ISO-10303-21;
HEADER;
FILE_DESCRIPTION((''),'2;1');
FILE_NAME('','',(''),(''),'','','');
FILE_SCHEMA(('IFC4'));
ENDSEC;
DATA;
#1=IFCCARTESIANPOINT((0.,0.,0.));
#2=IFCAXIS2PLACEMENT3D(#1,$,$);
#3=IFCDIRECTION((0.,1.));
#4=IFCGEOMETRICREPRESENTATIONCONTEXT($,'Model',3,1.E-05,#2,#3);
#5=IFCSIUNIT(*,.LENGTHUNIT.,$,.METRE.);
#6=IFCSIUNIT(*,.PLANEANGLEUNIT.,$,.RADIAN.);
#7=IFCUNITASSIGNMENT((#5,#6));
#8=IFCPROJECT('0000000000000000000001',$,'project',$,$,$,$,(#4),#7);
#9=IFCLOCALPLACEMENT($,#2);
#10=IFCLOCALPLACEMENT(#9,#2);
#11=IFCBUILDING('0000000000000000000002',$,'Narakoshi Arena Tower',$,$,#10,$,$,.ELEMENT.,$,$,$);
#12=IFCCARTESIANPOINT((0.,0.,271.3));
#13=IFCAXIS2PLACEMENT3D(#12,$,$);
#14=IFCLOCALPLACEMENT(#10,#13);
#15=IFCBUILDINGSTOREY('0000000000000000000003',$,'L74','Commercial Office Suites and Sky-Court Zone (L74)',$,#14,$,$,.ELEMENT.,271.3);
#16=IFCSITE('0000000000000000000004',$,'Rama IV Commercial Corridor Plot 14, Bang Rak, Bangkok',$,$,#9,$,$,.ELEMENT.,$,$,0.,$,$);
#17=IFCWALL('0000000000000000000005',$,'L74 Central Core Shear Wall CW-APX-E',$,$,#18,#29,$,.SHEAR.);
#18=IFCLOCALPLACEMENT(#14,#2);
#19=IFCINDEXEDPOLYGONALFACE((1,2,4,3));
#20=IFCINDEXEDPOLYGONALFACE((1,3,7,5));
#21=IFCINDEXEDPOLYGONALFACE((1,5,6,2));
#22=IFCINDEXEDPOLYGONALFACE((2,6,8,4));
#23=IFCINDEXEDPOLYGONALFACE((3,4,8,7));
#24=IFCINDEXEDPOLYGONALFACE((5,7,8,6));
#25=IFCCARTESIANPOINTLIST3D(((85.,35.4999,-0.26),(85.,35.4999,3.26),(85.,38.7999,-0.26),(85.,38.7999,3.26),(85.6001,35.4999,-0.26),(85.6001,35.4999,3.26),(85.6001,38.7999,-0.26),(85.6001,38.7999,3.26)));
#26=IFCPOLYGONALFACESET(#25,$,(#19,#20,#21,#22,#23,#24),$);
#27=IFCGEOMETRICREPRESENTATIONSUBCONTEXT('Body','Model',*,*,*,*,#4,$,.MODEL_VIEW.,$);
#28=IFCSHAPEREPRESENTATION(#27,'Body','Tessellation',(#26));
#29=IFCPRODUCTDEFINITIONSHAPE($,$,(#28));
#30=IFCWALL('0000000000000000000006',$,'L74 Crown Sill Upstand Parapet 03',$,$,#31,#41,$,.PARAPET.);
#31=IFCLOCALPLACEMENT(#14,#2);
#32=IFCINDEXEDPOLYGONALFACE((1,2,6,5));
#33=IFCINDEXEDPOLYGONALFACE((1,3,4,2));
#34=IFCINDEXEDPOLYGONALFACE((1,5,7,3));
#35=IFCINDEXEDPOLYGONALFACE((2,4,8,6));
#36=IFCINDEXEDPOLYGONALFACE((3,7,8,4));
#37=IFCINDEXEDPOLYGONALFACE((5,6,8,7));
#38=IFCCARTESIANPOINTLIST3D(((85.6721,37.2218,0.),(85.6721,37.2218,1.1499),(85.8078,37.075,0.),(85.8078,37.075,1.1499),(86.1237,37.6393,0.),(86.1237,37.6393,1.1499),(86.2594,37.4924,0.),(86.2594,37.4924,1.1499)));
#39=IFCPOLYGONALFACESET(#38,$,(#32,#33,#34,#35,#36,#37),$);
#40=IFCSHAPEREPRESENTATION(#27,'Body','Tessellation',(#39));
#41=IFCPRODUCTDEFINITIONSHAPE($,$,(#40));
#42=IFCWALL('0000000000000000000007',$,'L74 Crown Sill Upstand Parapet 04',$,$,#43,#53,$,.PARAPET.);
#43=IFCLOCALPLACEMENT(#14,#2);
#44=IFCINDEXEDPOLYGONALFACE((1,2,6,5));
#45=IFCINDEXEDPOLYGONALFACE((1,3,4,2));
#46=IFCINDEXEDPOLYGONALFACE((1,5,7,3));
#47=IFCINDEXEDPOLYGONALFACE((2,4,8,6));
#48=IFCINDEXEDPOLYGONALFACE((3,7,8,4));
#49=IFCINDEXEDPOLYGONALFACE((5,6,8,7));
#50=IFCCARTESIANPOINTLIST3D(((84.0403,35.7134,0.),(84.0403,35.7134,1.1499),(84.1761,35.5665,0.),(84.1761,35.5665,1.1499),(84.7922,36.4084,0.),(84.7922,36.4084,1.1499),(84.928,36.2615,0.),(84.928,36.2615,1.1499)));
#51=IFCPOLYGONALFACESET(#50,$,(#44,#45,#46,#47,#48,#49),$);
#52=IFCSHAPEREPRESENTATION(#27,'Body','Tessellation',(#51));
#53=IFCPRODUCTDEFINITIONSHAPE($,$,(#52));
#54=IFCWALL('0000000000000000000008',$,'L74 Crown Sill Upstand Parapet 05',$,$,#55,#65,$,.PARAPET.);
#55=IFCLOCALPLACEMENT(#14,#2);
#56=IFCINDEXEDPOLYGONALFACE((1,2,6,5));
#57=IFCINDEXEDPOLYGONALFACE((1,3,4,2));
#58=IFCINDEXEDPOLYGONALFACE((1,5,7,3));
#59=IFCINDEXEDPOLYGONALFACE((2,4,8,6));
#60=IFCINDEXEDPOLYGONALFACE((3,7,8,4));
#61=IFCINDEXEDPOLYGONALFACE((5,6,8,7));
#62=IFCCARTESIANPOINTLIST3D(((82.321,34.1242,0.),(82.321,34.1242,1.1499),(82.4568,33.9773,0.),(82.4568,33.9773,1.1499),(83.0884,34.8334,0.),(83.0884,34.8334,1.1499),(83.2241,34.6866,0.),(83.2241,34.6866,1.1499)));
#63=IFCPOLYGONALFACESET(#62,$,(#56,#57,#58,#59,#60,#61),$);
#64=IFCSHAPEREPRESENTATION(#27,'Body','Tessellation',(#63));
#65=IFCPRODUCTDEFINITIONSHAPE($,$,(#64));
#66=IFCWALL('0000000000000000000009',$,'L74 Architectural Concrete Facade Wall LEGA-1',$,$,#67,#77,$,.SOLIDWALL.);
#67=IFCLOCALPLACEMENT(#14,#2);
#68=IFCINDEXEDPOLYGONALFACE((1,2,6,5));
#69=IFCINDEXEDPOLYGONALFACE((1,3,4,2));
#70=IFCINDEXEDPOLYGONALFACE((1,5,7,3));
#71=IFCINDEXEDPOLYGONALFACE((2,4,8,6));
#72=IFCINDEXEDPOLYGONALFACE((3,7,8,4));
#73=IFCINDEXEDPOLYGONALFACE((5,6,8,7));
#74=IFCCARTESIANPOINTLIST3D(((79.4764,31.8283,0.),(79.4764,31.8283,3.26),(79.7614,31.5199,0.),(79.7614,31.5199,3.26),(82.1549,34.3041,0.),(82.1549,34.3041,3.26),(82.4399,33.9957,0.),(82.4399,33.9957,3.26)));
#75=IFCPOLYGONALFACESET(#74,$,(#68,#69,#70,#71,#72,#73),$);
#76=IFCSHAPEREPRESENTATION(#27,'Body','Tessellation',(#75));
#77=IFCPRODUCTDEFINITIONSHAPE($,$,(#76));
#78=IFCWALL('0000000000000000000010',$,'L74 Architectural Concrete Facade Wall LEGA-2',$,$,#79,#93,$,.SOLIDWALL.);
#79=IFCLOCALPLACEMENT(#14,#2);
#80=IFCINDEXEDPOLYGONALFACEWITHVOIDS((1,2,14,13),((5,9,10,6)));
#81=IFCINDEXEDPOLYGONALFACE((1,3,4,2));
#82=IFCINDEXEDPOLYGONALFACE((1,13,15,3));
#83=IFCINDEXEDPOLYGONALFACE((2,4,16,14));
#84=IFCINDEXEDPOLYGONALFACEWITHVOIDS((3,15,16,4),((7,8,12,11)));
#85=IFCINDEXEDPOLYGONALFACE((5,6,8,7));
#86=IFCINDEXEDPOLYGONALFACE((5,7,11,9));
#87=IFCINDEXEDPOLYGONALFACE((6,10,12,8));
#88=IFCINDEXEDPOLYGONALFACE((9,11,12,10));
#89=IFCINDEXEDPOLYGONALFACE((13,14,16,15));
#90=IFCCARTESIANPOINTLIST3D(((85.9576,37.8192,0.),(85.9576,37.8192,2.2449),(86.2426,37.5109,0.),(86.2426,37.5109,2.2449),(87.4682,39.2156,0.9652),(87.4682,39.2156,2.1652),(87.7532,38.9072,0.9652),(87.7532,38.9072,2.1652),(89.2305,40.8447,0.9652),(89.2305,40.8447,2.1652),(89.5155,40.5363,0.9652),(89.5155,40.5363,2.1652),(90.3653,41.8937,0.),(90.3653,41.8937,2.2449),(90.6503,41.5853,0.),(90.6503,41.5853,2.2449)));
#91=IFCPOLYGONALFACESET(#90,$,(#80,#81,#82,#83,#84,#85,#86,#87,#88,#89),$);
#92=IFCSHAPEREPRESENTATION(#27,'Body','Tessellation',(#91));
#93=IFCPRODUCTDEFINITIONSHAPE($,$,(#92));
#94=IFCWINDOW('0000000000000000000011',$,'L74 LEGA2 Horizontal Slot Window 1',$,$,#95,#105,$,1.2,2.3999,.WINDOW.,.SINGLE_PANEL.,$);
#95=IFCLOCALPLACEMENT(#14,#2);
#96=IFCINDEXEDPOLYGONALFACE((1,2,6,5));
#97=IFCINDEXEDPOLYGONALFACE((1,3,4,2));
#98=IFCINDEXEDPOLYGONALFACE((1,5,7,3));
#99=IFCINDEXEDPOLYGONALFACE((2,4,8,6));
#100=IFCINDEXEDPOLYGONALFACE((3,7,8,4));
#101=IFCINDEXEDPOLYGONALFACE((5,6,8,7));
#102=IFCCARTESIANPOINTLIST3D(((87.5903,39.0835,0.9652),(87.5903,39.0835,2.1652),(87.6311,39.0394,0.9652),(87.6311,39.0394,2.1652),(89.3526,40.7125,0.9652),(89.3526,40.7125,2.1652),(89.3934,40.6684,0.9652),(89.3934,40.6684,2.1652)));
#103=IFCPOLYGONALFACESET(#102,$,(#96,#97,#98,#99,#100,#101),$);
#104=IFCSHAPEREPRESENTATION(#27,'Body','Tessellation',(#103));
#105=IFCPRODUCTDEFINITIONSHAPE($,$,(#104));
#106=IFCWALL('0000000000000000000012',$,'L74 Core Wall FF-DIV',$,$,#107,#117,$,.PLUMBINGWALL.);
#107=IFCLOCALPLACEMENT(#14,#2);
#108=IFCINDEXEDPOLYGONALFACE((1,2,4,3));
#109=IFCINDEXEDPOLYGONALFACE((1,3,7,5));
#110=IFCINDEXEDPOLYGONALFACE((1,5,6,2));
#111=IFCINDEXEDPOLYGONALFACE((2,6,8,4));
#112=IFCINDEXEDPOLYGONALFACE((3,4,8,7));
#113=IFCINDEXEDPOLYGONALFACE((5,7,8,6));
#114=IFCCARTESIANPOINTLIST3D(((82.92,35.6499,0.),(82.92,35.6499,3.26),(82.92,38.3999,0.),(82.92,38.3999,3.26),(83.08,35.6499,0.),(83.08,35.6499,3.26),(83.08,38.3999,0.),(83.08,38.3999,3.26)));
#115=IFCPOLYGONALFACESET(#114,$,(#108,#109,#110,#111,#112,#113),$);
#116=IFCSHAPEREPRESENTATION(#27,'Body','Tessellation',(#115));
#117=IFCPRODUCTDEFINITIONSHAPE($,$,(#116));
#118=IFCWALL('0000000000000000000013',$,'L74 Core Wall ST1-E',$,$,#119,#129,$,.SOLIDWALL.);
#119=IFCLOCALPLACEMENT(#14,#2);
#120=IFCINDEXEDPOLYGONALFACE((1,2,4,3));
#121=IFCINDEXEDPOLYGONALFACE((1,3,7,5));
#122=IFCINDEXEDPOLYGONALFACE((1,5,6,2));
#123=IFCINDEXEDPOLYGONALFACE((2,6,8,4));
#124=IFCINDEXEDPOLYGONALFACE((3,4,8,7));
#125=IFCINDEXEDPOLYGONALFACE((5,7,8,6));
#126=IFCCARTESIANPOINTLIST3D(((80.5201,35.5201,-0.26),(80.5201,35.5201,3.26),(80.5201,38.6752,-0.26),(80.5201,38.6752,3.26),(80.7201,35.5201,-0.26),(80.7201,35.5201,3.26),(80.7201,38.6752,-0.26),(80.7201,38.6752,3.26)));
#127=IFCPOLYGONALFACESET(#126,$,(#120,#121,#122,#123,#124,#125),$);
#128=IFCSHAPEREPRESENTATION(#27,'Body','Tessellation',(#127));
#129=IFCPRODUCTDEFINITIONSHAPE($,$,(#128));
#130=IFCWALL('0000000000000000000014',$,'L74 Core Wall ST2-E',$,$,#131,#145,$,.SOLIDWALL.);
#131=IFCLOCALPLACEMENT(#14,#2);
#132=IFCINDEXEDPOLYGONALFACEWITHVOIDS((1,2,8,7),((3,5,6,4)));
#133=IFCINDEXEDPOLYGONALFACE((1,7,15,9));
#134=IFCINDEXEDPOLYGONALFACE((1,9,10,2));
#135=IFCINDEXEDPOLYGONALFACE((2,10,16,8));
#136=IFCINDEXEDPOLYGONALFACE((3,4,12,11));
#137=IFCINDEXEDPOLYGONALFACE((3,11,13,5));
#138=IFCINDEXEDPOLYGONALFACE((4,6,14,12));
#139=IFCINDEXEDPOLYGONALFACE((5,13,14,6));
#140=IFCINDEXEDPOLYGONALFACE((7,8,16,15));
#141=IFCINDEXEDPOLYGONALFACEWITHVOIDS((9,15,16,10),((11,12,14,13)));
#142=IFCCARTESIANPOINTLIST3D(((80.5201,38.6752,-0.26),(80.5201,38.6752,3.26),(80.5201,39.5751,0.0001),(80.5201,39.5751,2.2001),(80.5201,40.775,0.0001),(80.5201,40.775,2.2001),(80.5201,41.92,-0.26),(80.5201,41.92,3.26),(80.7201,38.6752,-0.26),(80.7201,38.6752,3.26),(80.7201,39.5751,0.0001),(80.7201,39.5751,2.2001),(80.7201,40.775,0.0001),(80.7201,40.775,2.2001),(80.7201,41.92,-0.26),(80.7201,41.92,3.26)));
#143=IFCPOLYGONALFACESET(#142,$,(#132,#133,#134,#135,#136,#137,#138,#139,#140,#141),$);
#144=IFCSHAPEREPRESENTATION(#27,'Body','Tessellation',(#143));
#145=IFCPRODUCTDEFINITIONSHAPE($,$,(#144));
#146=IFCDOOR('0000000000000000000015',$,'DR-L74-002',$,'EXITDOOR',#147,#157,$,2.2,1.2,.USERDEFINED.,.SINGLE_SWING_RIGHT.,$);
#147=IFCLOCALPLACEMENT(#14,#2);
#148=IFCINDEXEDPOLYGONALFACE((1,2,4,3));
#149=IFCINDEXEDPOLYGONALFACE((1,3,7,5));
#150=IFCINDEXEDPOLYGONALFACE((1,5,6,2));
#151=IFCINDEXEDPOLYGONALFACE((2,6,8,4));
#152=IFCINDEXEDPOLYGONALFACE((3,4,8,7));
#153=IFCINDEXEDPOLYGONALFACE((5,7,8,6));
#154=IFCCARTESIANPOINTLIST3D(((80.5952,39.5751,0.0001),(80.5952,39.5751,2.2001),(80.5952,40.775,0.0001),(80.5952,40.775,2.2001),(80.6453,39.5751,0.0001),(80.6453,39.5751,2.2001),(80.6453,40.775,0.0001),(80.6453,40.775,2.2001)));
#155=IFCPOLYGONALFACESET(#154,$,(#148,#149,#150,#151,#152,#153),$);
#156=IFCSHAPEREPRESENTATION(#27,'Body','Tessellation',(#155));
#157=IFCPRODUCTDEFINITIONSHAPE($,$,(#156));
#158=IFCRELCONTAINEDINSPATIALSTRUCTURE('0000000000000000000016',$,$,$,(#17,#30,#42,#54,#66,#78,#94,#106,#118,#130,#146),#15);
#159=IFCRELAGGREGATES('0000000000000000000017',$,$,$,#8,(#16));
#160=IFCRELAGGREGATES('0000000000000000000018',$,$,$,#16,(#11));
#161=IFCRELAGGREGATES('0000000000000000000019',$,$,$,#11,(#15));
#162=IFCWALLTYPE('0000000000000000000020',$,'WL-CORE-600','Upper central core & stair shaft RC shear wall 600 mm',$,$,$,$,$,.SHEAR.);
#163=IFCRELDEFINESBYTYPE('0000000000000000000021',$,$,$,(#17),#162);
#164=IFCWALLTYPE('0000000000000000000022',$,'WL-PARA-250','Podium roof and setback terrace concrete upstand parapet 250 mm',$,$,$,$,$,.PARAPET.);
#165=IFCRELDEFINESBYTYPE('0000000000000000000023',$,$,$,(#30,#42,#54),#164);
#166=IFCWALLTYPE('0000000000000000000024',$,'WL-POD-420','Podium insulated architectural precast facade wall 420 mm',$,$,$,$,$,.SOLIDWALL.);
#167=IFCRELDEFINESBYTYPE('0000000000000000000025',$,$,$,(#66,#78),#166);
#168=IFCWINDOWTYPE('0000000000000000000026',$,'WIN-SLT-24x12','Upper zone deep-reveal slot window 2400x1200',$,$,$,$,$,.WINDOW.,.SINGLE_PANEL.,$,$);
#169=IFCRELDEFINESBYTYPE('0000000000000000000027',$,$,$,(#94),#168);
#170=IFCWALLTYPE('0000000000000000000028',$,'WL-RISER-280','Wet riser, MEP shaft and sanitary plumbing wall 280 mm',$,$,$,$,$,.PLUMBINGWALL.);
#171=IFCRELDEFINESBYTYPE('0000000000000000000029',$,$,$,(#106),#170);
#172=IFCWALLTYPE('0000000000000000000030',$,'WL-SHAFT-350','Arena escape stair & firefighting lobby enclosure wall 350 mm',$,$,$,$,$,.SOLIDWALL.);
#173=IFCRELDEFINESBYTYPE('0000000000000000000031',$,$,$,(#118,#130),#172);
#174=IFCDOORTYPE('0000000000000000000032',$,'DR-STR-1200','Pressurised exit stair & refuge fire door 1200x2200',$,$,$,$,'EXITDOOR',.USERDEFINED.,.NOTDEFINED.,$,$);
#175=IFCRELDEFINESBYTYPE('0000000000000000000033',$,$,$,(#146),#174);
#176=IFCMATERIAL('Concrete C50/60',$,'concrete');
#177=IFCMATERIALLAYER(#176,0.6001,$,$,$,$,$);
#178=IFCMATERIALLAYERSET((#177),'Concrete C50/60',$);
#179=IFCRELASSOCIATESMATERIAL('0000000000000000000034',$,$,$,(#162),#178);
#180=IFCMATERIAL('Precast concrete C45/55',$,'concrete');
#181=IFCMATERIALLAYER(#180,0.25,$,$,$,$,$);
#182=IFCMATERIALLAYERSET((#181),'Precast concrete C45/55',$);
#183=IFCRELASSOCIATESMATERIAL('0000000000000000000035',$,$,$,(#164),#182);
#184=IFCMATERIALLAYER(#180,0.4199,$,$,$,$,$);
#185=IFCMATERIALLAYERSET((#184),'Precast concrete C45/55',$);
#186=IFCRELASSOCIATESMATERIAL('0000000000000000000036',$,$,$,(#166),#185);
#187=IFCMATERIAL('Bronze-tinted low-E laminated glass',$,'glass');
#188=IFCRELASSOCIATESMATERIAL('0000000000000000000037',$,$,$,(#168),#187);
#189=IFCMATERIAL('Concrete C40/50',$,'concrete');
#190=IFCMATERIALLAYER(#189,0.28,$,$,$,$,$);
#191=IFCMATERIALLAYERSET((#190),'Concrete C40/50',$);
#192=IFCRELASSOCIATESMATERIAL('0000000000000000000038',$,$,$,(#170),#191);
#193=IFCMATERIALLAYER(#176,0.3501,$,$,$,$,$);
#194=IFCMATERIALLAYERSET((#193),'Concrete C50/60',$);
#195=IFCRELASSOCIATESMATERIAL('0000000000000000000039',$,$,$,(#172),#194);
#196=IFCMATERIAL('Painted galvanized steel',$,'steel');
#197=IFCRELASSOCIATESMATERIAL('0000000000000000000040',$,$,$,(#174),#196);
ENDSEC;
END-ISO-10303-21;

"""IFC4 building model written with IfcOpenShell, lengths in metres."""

from ifc_helpers import new_model, si_unit, direction, frame, frame_2d, origin, place, context, subcontext, project, spatial, rectangle, extrude, material, layer, layer_set, type_object, element, fill, save


model = new_model("IFC4")

# Units and contexts
model_context = context("Model", 3, precision=1e-05, world=origin(), true_north=direction((0.0, 1.0)))
body_context = subcontext(model_context, "Body", "Model", "MODEL_VIEW")
ifc_project = project(units=[si_unit("LENGTHUNIT", "METRE"), si_unit("PLANEANGLEUNIT", "RADIAN")], contexts=[model_context])

# Site, building, storey
site_placement = place(None, origin())
site = spatial("IfcSite", under=ifc_project, at=site_placement, Name="Rama IV Commercial Corridor Plot 14, Bang Rak, Bangkok", CompositionType="ELEMENT", RefElevation=0.0)
building_placement = place(site_placement, origin())
building = spatial("IfcBuilding", under=site, at=building_placement, Name="Narakoshi Arena Tower", CompositionType="ELEMENT")
storey_placement = place(building_placement, frame((0.0, 0.0, 271.3)))
storey = spatial("IfcBuildingStorey", under=building, at=storey_placement, Name="L74", Description="Commercial Office Suites and Sky-Court Zone (L74)", CompositionType="ELEMENT", Elevation=271.3)

# Walls
ifc_material_1 = material(Name="Concrete C50/60", Category="concrete")
ifc_layer_1 = layer(ifc_material_1, 0.6001)
ifc_layer_set_1 = layer_set([ifc_layer_1], Name="Concrete C50/60")
wall_type_1 = type_object("IfcWallType", Name="WL-CORE-600", Description="Upper central core & stair shaft RC shear wall 600 mm", PredefinedType="SHEAR", material=ifc_layer_set_1)
wall_1_placement = place(storey_placement, frame((85.3, 35.5, -0.26), z_axis=(0.0, 0.0, 1.0), x_axis=(0.0, 1.0, 0.0)))
element("IfcWall", 1, at=wall_1_placement, inside=storey, type_object=wall_type_1, Name="L74 Central Core Shear Wall CW-APX-E", PredefinedType="SHEAR", context=body_context, shape_type="SweptSolid", body=[
    extrude(rectangle(XDim=3.3, YDim=0.6001, at=frame_2d((1.6499, 0.0))), origin(), (0.0, 0.0, 1.0), 3.52),
])
ifc_material_2 = material(Name="Precast concrete C45/55", Category="concrete")
ifc_layer_2 = layer(ifc_material_2, 0.25)
ifc_layer_set_2 = layer_set([ifc_layer_2], Name="Precast concrete C45/55")
wall_type_2 = type_object("IfcWallType", Name="WL-PARA-250", Description="Podium roof and setback terrace concrete upstand parapet 250 mm", PredefinedType="PARAPET", material=ifc_layer_set_2)
wall_2_placement = place(storey_placement, frame((86.1917, 37.5659, 0.0), z_axis=(0.0, 0.0, 1.0), x_axis=(-0.734347, -0.678775, 0.0)))
element("IfcWall", 2, at=wall_2_placement, inside=storey, type_object=wall_type_2, Name="L74 Crown Sill Upstand Parapet 03", PredefinedType="PARAPET", context=body_context, shape_type="SweptSolid", body=[
    extrude(rectangle(XDim=0.615, YDim=0.2, at=frame_2d((0.3076, 0.0))), origin(), (0.0, 0.0, 1.0), 1.1499),
])
wall_3_placement = place(storey_placement, frame((84.8601, 36.335, 0.0), z_axis=(0.0, 0.0, 1.0), x_axis=(-0.734337, -0.678785, 0.0)))
element("IfcWall", 3, at=wall_3_placement, inside=storey, type_object=wall_type_2, Name="L74 Crown Sill Upstand Parapet 04", PredefinedType="PARAPET", context=body_context, shape_type="SweptSolid", body=[
    extrude(rectangle(XDim=1.0239, YDim=0.2, at=frame_2d((0.512, 0.0))), origin(), (0.0, 0.0, 1.0), 1.1499),
])
wall_4_placement = place(storey_placement, frame((83.1562, 34.76, 0.0), z_axis=(0.0, 0.0, 1.0), x_axis=(-0.734364, -0.678755, 0.0)))
element("IfcWall", 4, at=wall_4_placement, inside=storey, type_object=wall_type_2, Name="L74 Crown Sill Upstand Parapet 05", PredefinedType="PARAPET", context=body_context, shape_type="SweptSolid", body=[
    extrude(rectangle(XDim=1.0449, YDim=0.2, at=frame_2d((0.5225, 0.0))), origin(), (0.0, 0.0, 1.0), 1.1499),
])
ifc_layer_3 = layer(ifc_material_2, 0.4199)
ifc_layer_set_3 = layer_set([ifc_layer_3], Name="Precast concrete C45/55")
wall_type_3 = type_object("IfcWallType", Name="WL-POD-420", Description="Podium insulated architectural precast facade wall 420 mm", PredefinedType="SOLIDWALL", material=ifc_layer_set_3)
wall_5_placement = place(storey_placement, frame((79.6189, 31.6741, 0.0), z_axis=(0.0, 0.0, 1.0), x_axis=(0.734339, 0.678783, 0.0)))
element("IfcWall", 5, at=wall_5_placement, inside=storey, type_object=wall_type_3, Name="L74 Architectural Concrete Facade Wall LEGA-1", PredefinedType="SOLIDWALL", context=body_context, shape_type="SweptSolid", body=[
    extrude(rectangle(XDim=3.6475, YDim=0.4199, at=frame_2d((1.8237, 0.0))), origin(), (0.0, 0.0, 1.0), 3.26),
])

# Wall, opening, window
wall_6_placement = place(storey_placement, frame((86.1001, 37.665, 0.0), z_axis=(0.0, 0.0, 1.0), x_axis=(0.734321, 0.678802, 0.0)))
wall_6 = element("IfcWall", 6, at=wall_6_placement, inside=storey, type_object=wall_type_3, Name="L74 Architectural Concrete Facade Wall LEGA-2", PredefinedType="SOLIDWALL", context=body_context, shape_type="SweptSolid", body=[
    extrude(rectangle(XDim=6.0024, YDim=0.4199, at=frame_2d((3.0012, 0.0))), origin(), (0.0, 0.0, 1.0), 2.2449),
])
opening_1_placement = place(wall_6_placement, frame((2.0571, 0.0, 0.9651)))
opening_1 = element("IfcOpeningElement", 7, at=opening_1_placement, cuts=wall_6, PredefinedType="OPENING", context=body_context, shape_type="SweptSolid", body=[
    extrude(rectangle(XDim=2.3999, YDim=1.2, at=frame_2d((1.2, 0.6001))), frame((0.0, 0.22, 0.0), z_axis=(0.0, -1.0, 0.0), x_axis=(1.0, 0.0, 0.0)), (0.0, 0.0, 1.0), 0.4399),
])
ifc_material_3 = material(Name="Bronze-tinted low-E laminated glass", Category="glass")
window_type = type_object("IfcWindowType", Name="WIN-SLT-24x12", Description="Upper zone deep-reveal slot window 2400x1200", PartitioningType="SINGLE_PANEL", PredefinedType="WINDOW", material=ifc_material_3)
window_placement = place(opening_1_placement, origin())
window = element("IfcWindow", 8, at=window_placement, inside=storey, type_object=window_type, Name="L74 LEGA2 Horizontal Slot Window 1", OverallHeight=1.2, OverallWidth=2.3999, PartitioningType="SINGLE_PANEL", PredefinedType="WINDOW", context=body_context, shape_type="SweptSolid", body=[
    extrude(rectangle(XDim=2.3999, YDim=1.2, at=frame_2d((1.2, 0.6001))), frame((0.0, 0.03, 0.0), z_axis=(0.0, -1.0, 0.0), x_axis=(1.0, 0.0, 0.0)), (0.0, 0.0, 1.0), 0.0601),
])
fill(opening_1, window)

# Walls
ifc_material_4 = material(Name="Concrete C40/50", Category="concrete")
ifc_layer_4 = layer(ifc_material_4, 0.28)
ifc_layer_set_4 = layer_set([ifc_layer_4], Name="Concrete C40/50")
wall_type_4 = type_object("IfcWallType", Name="WL-RISER-280", Description="Wet riser, MEP shaft and sanitary plumbing wall 280 mm", PredefinedType="PLUMBINGWALL", material=ifc_layer_set_4)
wall_7_placement = place(storey_placement, frame((83.0, 35.6499, 0.0), z_axis=(0.0, 0.0, 1.0), x_axis=(0.0, 1.0, 0.0)))
element("IfcWall", 9, at=wall_7_placement, inside=storey, type_object=wall_type_4, Name="L74 Core Wall FF-DIV", PredefinedType="PLUMBINGWALL", context=body_context, shape_type="SweptSolid", body=[
    extrude(rectangle(XDim=2.75, YDim=0.1599, at=frame_2d((1.375, 0.0))), origin(), (0.0, 0.0, 1.0), 3.26),
])
ifc_layer_5 = layer(ifc_material_1, 0.3501)
ifc_layer_set_5 = layer_set([ifc_layer_5], Name="Concrete C50/60")
wall_type_5 = type_object("IfcWallType", Name="WL-SHAFT-350", Description="Arena escape stair & firefighting lobby enclosure wall 350 mm", PredefinedType="SOLIDWALL", material=ifc_layer_set_5)
wall_8_placement = place(storey_placement, frame((80.6201, 35.52, -0.26), z_axis=(0.0, 0.0, 1.0), x_axis=(0.0, 1.0, 0.0)))
element("IfcWall", 10, at=wall_8_placement, inside=storey, type_object=wall_type_5, Name="L74 Core Wall ST1-E", PredefinedType="SOLIDWALL", context=body_context, shape_type="SweptSolid", body=[
    extrude(rectangle(XDim=3.155, YDim=0.2, at=frame_2d((1.5776, 0.0))), origin(), (0.0, 0.0, 1.0), 3.52),
])

# Wall, opening, door
wall_9_placement = place(storey_placement, frame((80.6201, 38.675, -0.26), z_axis=(0.0, 0.0, 1.0), x_axis=(0.0, 1.0, 0.0)))
wall_9 = element("IfcWall", 11, at=wall_9_placement, inside=storey, type_object=wall_type_5, Name="L74 Core Wall ST2-E", PredefinedType="SOLIDWALL", context=body_context, shape_type="SweptSolid", body=[
    extrude(rectangle(XDim=3.2449, YDim=0.2, at=frame_2d((1.6226, 0.0))), origin(), (0.0, 0.0, 1.0), 3.52),
])
opening_2_placement = place(wall_9_placement, frame((0.8999, 0.0, 0.26)))
opening_2 = element("IfcOpeningElement", 12, at=opening_2_placement, cuts=wall_9, PredefinedType="OPENING", context=body_context, shape_type="SweptSolid", body=[
    extrude(rectangle(XDim=1.2, YDim=2.2, at=frame_2d((0.6001, 1.1001))), frame((0.0, 0.1099, 0.0), z_axis=(0.0, -1.0, 0.0), x_axis=(1.0, 0.0, 0.0)), (0.0, 0.0, 1.0), 0.22),
])
ifc_material_5 = material(Name="Painted galvanized steel", Category="steel")
door_type_1 = type_object("IfcDoorType", Name="DR-STR-1200", Description="Pressurised exit stair & refuge fire door 1200x2200", ElementType="EXITDOOR", OperationType="NOTDEFINED", PredefinedType="USERDEFINED", material=ifc_material_5)
door_1_placement = place(opening_2_placement, origin())
door_1 = element("IfcDoor", 13, at=door_1_placement, inside=storey, type_object=door_type_1, Name="DR-L74-002", ObjectType="EXITDOOR", OperationType="SINGLE_SWING_RIGHT", OverallHeight=2.2, OverallWidth=1.2, PredefinedType="USERDEFINED", context=body_context, shape_type="SweptSolid", body=[
    extrude(rectangle(XDim=1.2, YDim=2.2, at=frame_2d((0.6001, 1.1001))), frame((0.0, 0.0249, 0.0), z_axis=(0.0, -1.0, 0.0), x_axis=(1.0, 0.0, 0.0)), (0.0, 0.0, 1.0), 0.05),
])
fill(opening_2, door_1)

save(model, "model.ifc")
